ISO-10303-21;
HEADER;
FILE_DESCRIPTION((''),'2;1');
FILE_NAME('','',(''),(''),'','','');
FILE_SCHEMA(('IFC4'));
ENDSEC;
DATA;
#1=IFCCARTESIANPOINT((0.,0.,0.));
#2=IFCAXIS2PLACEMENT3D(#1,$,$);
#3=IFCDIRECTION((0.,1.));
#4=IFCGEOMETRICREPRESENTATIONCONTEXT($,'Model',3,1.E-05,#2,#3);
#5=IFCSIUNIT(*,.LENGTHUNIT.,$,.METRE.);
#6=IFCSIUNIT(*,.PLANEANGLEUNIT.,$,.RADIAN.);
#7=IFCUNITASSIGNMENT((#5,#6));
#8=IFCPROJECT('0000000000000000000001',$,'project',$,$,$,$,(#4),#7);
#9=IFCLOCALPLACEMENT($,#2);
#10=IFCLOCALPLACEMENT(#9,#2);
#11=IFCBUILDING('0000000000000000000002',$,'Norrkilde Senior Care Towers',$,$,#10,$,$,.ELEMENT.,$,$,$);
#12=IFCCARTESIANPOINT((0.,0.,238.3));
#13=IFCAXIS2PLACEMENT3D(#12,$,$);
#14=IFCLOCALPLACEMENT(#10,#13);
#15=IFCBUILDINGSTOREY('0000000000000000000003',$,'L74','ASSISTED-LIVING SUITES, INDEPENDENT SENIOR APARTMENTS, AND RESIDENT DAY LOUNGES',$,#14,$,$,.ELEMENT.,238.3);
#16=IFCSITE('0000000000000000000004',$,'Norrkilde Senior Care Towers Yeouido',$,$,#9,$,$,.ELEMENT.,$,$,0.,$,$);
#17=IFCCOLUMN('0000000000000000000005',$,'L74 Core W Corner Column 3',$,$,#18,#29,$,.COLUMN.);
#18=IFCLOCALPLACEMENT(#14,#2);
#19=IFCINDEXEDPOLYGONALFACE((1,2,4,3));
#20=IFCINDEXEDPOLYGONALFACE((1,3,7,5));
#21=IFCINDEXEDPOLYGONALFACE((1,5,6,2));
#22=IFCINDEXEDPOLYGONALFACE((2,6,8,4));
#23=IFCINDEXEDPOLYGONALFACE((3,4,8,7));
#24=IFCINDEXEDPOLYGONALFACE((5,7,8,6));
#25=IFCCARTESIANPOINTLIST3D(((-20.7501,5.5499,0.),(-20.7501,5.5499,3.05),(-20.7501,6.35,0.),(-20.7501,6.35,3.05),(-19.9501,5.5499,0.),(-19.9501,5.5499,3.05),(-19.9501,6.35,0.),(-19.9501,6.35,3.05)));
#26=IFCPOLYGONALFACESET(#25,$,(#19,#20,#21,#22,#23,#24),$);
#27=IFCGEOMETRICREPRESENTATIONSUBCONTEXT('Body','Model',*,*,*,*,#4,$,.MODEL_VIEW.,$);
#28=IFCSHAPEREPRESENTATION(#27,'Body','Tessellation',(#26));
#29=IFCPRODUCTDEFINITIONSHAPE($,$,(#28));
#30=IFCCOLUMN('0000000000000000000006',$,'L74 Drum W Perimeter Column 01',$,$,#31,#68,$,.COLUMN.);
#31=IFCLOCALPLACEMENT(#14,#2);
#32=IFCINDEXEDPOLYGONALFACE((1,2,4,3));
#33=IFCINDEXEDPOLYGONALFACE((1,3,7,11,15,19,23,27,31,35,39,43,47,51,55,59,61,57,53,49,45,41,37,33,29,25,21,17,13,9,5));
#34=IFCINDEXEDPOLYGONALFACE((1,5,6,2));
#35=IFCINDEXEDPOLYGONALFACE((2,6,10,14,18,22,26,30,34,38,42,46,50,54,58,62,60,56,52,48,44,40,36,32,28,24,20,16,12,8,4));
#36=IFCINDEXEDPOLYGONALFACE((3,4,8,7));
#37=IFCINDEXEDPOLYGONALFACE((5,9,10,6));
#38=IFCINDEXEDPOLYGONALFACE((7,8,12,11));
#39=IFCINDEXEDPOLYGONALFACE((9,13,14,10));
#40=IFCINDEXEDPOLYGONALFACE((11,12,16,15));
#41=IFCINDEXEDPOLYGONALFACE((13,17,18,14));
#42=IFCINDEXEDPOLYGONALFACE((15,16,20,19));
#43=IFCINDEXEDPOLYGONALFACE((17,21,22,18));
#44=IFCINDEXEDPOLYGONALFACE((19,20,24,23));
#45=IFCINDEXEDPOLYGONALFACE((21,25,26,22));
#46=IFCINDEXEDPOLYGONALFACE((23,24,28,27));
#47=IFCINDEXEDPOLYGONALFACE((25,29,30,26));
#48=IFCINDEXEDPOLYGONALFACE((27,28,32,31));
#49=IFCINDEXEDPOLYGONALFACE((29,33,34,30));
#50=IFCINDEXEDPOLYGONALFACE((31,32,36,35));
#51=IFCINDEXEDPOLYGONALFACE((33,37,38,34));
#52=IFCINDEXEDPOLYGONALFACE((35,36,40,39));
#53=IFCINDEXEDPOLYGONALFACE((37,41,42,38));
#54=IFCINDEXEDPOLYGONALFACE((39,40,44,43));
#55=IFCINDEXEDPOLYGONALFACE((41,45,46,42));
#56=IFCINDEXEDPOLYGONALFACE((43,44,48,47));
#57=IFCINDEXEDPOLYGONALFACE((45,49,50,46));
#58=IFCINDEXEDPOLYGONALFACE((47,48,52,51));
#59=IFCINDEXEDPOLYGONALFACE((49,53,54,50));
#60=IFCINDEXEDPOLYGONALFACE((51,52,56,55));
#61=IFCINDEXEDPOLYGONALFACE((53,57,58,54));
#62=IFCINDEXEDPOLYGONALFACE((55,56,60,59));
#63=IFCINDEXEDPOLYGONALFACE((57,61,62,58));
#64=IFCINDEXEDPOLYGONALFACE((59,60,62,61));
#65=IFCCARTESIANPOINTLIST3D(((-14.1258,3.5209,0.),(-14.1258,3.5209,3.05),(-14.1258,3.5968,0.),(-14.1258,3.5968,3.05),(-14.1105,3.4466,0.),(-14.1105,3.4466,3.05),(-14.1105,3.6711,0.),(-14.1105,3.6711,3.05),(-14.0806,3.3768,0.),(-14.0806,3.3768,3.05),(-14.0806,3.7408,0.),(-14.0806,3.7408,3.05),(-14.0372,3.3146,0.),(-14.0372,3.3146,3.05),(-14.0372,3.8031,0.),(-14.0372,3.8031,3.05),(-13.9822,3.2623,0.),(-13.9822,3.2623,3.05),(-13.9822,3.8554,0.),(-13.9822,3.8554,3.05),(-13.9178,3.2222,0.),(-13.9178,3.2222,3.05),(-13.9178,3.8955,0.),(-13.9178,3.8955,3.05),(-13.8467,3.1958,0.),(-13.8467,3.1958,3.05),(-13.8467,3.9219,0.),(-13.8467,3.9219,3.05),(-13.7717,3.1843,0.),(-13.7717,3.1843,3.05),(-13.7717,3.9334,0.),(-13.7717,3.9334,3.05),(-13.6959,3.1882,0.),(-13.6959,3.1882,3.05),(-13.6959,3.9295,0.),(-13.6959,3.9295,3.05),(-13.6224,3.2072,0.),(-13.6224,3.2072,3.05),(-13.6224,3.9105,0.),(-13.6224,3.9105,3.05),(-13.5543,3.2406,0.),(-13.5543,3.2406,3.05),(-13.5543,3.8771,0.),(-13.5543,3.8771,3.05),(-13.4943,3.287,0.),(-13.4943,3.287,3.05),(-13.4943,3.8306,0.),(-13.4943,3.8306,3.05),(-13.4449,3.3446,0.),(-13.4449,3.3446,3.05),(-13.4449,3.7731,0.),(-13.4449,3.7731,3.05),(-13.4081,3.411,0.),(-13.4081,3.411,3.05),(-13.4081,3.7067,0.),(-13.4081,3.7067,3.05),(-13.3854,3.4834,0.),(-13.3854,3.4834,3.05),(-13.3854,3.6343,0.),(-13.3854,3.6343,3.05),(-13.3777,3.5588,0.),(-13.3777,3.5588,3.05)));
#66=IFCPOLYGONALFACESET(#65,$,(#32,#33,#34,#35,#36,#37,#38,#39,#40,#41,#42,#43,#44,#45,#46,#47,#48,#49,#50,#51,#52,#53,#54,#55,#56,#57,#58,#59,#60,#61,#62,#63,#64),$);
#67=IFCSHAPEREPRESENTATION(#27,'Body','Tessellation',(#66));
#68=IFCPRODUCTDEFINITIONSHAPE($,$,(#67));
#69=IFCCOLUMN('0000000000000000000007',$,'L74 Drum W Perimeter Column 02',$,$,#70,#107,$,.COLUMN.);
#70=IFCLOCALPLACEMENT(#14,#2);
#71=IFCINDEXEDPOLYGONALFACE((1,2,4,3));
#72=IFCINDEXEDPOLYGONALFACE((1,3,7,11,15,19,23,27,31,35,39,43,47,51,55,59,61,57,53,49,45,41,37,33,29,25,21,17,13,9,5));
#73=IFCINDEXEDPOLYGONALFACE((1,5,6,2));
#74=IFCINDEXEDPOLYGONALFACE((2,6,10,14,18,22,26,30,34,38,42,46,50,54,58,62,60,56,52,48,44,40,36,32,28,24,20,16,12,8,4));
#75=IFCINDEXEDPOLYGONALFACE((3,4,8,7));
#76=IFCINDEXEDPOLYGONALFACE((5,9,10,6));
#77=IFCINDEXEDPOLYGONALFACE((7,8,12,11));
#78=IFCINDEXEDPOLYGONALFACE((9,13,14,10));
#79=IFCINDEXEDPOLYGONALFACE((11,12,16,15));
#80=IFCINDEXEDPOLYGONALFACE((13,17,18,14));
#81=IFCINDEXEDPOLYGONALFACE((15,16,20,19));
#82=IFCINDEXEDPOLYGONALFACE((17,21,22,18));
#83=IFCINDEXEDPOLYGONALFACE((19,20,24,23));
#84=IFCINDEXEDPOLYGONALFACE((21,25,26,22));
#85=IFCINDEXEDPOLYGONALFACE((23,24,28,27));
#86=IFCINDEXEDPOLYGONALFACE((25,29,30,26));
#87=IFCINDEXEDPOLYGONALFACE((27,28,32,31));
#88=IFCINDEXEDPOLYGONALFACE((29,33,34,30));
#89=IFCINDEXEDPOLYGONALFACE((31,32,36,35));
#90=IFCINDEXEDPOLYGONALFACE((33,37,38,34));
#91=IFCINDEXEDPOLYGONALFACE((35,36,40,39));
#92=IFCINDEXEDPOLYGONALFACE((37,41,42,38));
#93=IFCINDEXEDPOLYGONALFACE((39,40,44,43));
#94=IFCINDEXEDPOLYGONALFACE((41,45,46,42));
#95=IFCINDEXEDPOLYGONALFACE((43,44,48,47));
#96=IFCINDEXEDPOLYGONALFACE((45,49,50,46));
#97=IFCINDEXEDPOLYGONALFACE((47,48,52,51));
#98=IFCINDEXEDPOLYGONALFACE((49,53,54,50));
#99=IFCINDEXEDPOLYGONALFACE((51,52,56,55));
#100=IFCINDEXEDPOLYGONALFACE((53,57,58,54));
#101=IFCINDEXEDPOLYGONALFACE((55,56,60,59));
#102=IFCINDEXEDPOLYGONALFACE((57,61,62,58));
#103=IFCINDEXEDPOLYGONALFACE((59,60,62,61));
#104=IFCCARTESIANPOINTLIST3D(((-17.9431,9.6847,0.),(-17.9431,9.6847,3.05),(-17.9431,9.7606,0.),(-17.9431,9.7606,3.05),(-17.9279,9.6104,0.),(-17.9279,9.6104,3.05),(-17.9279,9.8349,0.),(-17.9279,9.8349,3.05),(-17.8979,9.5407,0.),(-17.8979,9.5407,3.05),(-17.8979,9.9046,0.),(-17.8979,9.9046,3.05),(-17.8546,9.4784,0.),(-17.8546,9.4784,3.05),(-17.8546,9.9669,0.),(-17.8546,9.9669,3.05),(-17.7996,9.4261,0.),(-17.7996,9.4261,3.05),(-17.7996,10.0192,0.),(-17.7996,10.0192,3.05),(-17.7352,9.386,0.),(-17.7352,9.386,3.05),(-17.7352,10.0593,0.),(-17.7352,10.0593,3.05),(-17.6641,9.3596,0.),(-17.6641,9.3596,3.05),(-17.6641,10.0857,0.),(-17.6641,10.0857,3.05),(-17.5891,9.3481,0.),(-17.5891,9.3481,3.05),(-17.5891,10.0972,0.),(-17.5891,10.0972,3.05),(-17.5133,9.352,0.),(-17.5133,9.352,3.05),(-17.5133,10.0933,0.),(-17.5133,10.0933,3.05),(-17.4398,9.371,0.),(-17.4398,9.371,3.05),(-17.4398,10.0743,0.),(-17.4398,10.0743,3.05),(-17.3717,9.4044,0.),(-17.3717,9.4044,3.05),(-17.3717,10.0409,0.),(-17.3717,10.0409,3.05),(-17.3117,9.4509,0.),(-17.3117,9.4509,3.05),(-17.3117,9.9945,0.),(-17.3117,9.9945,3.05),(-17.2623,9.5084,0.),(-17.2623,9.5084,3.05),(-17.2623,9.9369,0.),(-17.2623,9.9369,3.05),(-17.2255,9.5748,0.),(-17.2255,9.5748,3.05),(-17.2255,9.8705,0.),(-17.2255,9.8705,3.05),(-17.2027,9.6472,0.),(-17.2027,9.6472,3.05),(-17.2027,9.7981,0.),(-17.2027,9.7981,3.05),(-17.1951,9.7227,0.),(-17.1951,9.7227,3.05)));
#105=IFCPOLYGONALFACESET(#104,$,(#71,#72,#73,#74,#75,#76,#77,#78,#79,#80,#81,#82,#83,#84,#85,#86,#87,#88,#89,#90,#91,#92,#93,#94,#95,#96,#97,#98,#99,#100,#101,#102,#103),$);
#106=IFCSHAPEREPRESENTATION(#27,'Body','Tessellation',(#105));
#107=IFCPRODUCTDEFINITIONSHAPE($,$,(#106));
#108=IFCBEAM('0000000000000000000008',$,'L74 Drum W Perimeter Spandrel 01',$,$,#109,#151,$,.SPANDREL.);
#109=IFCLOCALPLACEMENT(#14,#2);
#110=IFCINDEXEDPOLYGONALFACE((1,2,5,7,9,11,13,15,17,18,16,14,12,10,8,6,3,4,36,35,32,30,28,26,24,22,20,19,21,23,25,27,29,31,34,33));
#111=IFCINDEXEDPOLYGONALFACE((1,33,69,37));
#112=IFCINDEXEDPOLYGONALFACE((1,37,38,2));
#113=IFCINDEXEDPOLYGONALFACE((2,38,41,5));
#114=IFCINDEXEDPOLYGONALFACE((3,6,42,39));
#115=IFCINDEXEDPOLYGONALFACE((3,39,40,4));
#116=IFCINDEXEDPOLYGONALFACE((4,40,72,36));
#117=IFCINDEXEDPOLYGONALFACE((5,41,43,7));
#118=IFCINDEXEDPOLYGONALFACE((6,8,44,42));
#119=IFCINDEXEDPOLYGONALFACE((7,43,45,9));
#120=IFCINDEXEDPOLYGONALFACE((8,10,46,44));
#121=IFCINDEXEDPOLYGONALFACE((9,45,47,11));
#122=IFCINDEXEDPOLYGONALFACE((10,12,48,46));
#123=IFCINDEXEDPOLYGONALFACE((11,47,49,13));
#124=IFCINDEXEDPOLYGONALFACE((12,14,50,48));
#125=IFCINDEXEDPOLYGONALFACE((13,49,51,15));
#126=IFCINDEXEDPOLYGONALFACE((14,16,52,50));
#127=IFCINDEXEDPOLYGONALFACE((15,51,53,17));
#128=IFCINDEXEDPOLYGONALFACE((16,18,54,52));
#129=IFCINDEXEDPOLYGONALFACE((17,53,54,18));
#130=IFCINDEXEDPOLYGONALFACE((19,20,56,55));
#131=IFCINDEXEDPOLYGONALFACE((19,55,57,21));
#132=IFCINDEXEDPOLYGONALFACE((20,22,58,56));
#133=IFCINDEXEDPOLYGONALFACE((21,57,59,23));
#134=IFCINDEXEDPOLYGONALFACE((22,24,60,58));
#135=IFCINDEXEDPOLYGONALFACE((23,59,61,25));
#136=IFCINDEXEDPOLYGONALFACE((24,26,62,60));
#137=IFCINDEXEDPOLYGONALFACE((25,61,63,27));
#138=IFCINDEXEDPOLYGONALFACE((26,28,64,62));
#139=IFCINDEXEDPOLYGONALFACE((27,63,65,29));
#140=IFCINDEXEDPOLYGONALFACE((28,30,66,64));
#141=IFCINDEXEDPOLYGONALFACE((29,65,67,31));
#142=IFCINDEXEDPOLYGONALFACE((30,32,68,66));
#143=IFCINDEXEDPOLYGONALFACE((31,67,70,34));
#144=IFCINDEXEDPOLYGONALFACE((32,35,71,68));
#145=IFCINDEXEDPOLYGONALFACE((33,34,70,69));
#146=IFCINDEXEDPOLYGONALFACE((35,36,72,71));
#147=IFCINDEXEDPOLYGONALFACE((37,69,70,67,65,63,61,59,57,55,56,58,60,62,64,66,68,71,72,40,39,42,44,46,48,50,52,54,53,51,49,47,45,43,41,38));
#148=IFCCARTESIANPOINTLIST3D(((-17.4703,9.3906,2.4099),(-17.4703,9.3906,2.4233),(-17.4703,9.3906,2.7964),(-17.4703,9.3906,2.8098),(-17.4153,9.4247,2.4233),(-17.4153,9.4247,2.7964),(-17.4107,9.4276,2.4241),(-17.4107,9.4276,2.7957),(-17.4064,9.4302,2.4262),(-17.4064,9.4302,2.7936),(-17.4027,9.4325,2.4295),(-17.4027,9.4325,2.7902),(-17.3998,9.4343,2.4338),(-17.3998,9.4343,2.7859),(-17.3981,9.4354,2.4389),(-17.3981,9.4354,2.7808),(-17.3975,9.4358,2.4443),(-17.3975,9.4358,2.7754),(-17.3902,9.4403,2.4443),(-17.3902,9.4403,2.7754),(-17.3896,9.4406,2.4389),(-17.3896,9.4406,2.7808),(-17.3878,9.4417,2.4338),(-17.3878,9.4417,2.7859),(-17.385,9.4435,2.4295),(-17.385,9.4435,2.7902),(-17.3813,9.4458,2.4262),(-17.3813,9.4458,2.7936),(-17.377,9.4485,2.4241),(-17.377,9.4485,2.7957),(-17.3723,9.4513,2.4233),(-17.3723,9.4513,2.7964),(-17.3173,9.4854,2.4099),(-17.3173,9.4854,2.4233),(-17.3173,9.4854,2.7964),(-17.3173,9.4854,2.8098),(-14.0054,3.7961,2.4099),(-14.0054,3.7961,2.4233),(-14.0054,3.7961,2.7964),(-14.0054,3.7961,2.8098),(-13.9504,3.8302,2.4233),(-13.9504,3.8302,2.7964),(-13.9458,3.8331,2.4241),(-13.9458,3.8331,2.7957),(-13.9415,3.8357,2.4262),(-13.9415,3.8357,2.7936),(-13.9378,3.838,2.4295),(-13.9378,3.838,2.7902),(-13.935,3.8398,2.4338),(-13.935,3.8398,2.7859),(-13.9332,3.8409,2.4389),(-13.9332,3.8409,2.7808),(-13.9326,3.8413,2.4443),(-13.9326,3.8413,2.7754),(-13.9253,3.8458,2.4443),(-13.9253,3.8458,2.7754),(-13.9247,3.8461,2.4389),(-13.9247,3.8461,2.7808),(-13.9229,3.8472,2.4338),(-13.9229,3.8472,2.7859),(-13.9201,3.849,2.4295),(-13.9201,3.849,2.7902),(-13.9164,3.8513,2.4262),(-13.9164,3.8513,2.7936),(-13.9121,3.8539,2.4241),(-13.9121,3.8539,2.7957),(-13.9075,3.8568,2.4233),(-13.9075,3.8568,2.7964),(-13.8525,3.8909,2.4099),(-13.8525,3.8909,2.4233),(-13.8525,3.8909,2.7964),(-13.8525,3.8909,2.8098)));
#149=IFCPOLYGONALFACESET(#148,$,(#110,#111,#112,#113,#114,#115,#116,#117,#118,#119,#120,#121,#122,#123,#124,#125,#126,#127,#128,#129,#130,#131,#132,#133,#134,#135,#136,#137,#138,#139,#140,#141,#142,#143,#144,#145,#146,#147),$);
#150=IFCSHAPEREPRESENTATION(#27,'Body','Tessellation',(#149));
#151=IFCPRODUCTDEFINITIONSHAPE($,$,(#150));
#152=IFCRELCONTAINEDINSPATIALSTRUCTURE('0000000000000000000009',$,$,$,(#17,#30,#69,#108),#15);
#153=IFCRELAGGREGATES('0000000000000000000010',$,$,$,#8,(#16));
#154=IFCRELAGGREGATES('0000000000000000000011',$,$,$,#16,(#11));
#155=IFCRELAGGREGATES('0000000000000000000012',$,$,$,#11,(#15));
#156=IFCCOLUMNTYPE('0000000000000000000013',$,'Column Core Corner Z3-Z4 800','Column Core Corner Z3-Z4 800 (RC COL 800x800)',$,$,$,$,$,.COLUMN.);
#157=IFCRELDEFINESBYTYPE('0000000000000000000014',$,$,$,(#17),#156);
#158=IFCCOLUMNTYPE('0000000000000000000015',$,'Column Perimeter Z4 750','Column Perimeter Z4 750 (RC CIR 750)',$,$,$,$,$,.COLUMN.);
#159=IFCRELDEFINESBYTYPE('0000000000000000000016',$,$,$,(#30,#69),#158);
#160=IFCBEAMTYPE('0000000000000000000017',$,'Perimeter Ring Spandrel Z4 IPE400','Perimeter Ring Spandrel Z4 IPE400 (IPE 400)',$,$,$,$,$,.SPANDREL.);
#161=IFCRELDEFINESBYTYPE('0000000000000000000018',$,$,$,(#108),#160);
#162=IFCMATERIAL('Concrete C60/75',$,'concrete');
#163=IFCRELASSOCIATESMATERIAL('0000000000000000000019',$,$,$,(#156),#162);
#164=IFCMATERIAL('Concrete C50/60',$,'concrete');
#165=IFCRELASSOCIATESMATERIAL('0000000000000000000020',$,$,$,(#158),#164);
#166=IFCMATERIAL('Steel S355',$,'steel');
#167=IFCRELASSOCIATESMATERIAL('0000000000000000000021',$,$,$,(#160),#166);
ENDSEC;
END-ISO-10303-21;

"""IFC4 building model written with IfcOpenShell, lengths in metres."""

from ifc_helpers import new_model, si_unit, direction, frame, origin, origin_2d, place, context, subcontext, project, spatial, rectangle, circle, i_section, extrude, source, transform, mapped, material, material_profile, profile_set, type_object, type_shapes, element, save


model = new_model("IFC4")

# Units and contexts
model_context = context("Model", 3, precision=1e-05, world=origin(), true_north=direction((0.0, 1.0)))
body_context = subcontext(model_context, "Body", "Model", "MODEL_VIEW")
ifc_project = project(units=[si_unit("LENGTHUNIT", "METRE"), si_unit("PLANEANGLEUNIT", "RADIAN")], contexts=[model_context])

# Site, building, storey
site_placement = place(None, origin())
site = spatial("IfcSite", under=ifc_project, at=site_placement, Name="Norrkilde Senior Care Towers Yeouido", CompositionType="ELEMENT", RefElevation=0.0)
building_placement = place(site_placement, origin())
building = spatial("IfcBuilding", under=site, at=building_placement, Name="Norrkilde Senior Care Towers", CompositionType="ELEMENT")
storey_placement = place(building_placement, frame((0.0, 0.0, 238.3)))
storey = spatial("IfcBuildingStorey", under=building, at=storey_placement, Name="L74", Description="ASSISTED-LIVING SUITES, INDEPENDENT SENIOR APARTMENTS, AND RESIDENT DAY LOUNGES", CompositionType="ELEMENT", Elevation=238.3)

# Columns
ifc_material_1 = material(Name="Concrete C60/75", Category="concrete")
ifc_material_profile_1 = material_profile(ifc_material_1, rectangle(XDim=0.8, YDim=0.8, at=origin_2d()), Name="RC COL 800x800")
ifc_profile_set_1 = profile_set([ifc_material_profile_1], Name="Concrete C60/75")
column_type_1 = type_object("IfcColumnType", Name="Column Core Corner Z3-Z4 800", Description="Column Core Corner Z3-Z4 800 (RC COL 800x800)", PredefinedType="COLUMN", material=ifc_profile_set_1)
shared_shape_1 = source(origin(), body_context, "Body", "SweptSolid", [
    extrude(rectangle(XDim=0.8, YDim=0.8, at=origin_2d()), origin(), (0.0, 0.0, 1.0), 3.05),
])
type_shapes(column_type_1, [shared_shape_1])
column_placement = place(storey_placement, frame((-20.3501, 5.95, 0.0), z_axis=(0.0, 0.0, 1.0), x_axis=(1.0, 0.0, 0.0)))
element("IfcColumn", 1, at=column_placement, inside=storey, type_object=column_type_1, Name="L74 Core W Corner Column 3", PredefinedType="COLUMN", context=body_context, shape_type="MappedRepresentation", body=[
    mapped(shared_shape_1, transform((0.0, 0.0, 0.0), x_axis=(1.0, 0.0, 0.0), y_axis=(0.0, 1.0, 0.0), z_axis=(0.0, 0.0, 1.0), scale=1.0)),
])
ifc_material_2 = material(Name="Concrete C50/60", Category="concrete")
ifc_material_profile_2 = material_profile(ifc_material_2, circle(Radius=0.375, at=origin_2d()), Name="RC CIR 750")
ifc_profile_set_2 = profile_set([ifc_material_profile_2], Name="Concrete C50/60")
column_type_2 = type_object("IfcColumnType", Name="Column Perimeter Z4 750", Description="Column Perimeter Z4 750 (RC CIR 750)", PredefinedType="COLUMN", material=ifc_profile_set_2)
shared_shape_2 = source(origin(), body_context, "Body", "SweptSolid", [
    extrude(circle(Radius=0.375, at=origin_2d()), origin(), (0.0, 0.0, 1.0), 3.05),
])
type_shapes(column_type_2, [shared_shape_2])
for number, where, z_axis, x_axis, name in (
    (2, (-13.7527, 3.5588, 0.0), (0.0, 0.0, 1.0), (1.0, 0.0, 0.0), "L74 Drum W Perimeter Column 01"),
    (3, (-17.5701, 9.7227, 0.0), (0.0, 0.0, 1.0), (1.0, 0.0, 0.0), "L74 Drum W Perimeter Column 02"),
):
    element("IfcColumn", number, at=place(storey_placement, frame(where, z_axis=z_axis, x_axis=x_axis)), inside=storey, type_object=column_type_2, Name=name, PredefinedType="COLUMN", context=body_context, shape_type="MappedRepresentation", body=[
        mapped(shared_shape_2, transform((0.0, 0.0, 0.0), x_axis=(1.0, 0.0, 0.0), y_axis=(0.0, 1.0, 0.0), z_axis=(0.0, 0.0, 1.0), scale=1.0)),
    ])

# Beam
ifc_material_3 = material(Name="Steel S355", Category="steel")
ifc_material_profile_3 = material_profile(ifc_material_3, i_section(OverallWidth=0.1799, OverallDepth=0.3999, WebThickness=0.0085, FlangeThickness=0.0134, FilletRadius=0.021, at=origin_2d()), Name="IPE 400")
ifc_profile_set_3 = profile_set([ifc_material_profile_3], Name="Steel S355")
beam_type_1 = type_object("IfcBeamType", Name="Perimeter Ring Spandrel Z4 IPE400", Description="Perimeter Ring Spandrel Z4 IPE400 (IPE 400)", PredefinedType="SPANDREL", material=ifc_profile_set_3)
shared_shape_3 = source(origin(), body_context, "Body", "SweptSolid", [
    extrude(i_section(OverallWidth=0.1799, OverallDepth=0.3999, WebThickness=0.0085, FlangeThickness=0.0134, FilletRadius=0.021, at=origin_2d()), origin(), (0.0, 0.0, 1.0), 6.5806),
])
beam_1_placement = place(storey_placement, frame((-13.929, 3.8435, 2.6099), z_axis=(-0.52653, 0.850157, 0.0), x_axis=(-0.850157, -0.52653, 0.0)))
element("IfcBeam", 4, at=beam_1_placement, inside=storey, type_object=beam_type_1, Name="L74 Drum W Perimeter Spandrel 01", PredefinedType="SPANDREL", context=body_context, shape_type="MappedRepresentation", body=[
    mapped(shared_shape_3, transform((0.0, 0.0, 0.0), x_axis=(1.0, 0.0, 0.0), y_axis=(0.0, 1.0, 0.0), z_axis=(0.0, 0.0, 1.0), scale=1.0)),
])

save(model, "model.ifc")
